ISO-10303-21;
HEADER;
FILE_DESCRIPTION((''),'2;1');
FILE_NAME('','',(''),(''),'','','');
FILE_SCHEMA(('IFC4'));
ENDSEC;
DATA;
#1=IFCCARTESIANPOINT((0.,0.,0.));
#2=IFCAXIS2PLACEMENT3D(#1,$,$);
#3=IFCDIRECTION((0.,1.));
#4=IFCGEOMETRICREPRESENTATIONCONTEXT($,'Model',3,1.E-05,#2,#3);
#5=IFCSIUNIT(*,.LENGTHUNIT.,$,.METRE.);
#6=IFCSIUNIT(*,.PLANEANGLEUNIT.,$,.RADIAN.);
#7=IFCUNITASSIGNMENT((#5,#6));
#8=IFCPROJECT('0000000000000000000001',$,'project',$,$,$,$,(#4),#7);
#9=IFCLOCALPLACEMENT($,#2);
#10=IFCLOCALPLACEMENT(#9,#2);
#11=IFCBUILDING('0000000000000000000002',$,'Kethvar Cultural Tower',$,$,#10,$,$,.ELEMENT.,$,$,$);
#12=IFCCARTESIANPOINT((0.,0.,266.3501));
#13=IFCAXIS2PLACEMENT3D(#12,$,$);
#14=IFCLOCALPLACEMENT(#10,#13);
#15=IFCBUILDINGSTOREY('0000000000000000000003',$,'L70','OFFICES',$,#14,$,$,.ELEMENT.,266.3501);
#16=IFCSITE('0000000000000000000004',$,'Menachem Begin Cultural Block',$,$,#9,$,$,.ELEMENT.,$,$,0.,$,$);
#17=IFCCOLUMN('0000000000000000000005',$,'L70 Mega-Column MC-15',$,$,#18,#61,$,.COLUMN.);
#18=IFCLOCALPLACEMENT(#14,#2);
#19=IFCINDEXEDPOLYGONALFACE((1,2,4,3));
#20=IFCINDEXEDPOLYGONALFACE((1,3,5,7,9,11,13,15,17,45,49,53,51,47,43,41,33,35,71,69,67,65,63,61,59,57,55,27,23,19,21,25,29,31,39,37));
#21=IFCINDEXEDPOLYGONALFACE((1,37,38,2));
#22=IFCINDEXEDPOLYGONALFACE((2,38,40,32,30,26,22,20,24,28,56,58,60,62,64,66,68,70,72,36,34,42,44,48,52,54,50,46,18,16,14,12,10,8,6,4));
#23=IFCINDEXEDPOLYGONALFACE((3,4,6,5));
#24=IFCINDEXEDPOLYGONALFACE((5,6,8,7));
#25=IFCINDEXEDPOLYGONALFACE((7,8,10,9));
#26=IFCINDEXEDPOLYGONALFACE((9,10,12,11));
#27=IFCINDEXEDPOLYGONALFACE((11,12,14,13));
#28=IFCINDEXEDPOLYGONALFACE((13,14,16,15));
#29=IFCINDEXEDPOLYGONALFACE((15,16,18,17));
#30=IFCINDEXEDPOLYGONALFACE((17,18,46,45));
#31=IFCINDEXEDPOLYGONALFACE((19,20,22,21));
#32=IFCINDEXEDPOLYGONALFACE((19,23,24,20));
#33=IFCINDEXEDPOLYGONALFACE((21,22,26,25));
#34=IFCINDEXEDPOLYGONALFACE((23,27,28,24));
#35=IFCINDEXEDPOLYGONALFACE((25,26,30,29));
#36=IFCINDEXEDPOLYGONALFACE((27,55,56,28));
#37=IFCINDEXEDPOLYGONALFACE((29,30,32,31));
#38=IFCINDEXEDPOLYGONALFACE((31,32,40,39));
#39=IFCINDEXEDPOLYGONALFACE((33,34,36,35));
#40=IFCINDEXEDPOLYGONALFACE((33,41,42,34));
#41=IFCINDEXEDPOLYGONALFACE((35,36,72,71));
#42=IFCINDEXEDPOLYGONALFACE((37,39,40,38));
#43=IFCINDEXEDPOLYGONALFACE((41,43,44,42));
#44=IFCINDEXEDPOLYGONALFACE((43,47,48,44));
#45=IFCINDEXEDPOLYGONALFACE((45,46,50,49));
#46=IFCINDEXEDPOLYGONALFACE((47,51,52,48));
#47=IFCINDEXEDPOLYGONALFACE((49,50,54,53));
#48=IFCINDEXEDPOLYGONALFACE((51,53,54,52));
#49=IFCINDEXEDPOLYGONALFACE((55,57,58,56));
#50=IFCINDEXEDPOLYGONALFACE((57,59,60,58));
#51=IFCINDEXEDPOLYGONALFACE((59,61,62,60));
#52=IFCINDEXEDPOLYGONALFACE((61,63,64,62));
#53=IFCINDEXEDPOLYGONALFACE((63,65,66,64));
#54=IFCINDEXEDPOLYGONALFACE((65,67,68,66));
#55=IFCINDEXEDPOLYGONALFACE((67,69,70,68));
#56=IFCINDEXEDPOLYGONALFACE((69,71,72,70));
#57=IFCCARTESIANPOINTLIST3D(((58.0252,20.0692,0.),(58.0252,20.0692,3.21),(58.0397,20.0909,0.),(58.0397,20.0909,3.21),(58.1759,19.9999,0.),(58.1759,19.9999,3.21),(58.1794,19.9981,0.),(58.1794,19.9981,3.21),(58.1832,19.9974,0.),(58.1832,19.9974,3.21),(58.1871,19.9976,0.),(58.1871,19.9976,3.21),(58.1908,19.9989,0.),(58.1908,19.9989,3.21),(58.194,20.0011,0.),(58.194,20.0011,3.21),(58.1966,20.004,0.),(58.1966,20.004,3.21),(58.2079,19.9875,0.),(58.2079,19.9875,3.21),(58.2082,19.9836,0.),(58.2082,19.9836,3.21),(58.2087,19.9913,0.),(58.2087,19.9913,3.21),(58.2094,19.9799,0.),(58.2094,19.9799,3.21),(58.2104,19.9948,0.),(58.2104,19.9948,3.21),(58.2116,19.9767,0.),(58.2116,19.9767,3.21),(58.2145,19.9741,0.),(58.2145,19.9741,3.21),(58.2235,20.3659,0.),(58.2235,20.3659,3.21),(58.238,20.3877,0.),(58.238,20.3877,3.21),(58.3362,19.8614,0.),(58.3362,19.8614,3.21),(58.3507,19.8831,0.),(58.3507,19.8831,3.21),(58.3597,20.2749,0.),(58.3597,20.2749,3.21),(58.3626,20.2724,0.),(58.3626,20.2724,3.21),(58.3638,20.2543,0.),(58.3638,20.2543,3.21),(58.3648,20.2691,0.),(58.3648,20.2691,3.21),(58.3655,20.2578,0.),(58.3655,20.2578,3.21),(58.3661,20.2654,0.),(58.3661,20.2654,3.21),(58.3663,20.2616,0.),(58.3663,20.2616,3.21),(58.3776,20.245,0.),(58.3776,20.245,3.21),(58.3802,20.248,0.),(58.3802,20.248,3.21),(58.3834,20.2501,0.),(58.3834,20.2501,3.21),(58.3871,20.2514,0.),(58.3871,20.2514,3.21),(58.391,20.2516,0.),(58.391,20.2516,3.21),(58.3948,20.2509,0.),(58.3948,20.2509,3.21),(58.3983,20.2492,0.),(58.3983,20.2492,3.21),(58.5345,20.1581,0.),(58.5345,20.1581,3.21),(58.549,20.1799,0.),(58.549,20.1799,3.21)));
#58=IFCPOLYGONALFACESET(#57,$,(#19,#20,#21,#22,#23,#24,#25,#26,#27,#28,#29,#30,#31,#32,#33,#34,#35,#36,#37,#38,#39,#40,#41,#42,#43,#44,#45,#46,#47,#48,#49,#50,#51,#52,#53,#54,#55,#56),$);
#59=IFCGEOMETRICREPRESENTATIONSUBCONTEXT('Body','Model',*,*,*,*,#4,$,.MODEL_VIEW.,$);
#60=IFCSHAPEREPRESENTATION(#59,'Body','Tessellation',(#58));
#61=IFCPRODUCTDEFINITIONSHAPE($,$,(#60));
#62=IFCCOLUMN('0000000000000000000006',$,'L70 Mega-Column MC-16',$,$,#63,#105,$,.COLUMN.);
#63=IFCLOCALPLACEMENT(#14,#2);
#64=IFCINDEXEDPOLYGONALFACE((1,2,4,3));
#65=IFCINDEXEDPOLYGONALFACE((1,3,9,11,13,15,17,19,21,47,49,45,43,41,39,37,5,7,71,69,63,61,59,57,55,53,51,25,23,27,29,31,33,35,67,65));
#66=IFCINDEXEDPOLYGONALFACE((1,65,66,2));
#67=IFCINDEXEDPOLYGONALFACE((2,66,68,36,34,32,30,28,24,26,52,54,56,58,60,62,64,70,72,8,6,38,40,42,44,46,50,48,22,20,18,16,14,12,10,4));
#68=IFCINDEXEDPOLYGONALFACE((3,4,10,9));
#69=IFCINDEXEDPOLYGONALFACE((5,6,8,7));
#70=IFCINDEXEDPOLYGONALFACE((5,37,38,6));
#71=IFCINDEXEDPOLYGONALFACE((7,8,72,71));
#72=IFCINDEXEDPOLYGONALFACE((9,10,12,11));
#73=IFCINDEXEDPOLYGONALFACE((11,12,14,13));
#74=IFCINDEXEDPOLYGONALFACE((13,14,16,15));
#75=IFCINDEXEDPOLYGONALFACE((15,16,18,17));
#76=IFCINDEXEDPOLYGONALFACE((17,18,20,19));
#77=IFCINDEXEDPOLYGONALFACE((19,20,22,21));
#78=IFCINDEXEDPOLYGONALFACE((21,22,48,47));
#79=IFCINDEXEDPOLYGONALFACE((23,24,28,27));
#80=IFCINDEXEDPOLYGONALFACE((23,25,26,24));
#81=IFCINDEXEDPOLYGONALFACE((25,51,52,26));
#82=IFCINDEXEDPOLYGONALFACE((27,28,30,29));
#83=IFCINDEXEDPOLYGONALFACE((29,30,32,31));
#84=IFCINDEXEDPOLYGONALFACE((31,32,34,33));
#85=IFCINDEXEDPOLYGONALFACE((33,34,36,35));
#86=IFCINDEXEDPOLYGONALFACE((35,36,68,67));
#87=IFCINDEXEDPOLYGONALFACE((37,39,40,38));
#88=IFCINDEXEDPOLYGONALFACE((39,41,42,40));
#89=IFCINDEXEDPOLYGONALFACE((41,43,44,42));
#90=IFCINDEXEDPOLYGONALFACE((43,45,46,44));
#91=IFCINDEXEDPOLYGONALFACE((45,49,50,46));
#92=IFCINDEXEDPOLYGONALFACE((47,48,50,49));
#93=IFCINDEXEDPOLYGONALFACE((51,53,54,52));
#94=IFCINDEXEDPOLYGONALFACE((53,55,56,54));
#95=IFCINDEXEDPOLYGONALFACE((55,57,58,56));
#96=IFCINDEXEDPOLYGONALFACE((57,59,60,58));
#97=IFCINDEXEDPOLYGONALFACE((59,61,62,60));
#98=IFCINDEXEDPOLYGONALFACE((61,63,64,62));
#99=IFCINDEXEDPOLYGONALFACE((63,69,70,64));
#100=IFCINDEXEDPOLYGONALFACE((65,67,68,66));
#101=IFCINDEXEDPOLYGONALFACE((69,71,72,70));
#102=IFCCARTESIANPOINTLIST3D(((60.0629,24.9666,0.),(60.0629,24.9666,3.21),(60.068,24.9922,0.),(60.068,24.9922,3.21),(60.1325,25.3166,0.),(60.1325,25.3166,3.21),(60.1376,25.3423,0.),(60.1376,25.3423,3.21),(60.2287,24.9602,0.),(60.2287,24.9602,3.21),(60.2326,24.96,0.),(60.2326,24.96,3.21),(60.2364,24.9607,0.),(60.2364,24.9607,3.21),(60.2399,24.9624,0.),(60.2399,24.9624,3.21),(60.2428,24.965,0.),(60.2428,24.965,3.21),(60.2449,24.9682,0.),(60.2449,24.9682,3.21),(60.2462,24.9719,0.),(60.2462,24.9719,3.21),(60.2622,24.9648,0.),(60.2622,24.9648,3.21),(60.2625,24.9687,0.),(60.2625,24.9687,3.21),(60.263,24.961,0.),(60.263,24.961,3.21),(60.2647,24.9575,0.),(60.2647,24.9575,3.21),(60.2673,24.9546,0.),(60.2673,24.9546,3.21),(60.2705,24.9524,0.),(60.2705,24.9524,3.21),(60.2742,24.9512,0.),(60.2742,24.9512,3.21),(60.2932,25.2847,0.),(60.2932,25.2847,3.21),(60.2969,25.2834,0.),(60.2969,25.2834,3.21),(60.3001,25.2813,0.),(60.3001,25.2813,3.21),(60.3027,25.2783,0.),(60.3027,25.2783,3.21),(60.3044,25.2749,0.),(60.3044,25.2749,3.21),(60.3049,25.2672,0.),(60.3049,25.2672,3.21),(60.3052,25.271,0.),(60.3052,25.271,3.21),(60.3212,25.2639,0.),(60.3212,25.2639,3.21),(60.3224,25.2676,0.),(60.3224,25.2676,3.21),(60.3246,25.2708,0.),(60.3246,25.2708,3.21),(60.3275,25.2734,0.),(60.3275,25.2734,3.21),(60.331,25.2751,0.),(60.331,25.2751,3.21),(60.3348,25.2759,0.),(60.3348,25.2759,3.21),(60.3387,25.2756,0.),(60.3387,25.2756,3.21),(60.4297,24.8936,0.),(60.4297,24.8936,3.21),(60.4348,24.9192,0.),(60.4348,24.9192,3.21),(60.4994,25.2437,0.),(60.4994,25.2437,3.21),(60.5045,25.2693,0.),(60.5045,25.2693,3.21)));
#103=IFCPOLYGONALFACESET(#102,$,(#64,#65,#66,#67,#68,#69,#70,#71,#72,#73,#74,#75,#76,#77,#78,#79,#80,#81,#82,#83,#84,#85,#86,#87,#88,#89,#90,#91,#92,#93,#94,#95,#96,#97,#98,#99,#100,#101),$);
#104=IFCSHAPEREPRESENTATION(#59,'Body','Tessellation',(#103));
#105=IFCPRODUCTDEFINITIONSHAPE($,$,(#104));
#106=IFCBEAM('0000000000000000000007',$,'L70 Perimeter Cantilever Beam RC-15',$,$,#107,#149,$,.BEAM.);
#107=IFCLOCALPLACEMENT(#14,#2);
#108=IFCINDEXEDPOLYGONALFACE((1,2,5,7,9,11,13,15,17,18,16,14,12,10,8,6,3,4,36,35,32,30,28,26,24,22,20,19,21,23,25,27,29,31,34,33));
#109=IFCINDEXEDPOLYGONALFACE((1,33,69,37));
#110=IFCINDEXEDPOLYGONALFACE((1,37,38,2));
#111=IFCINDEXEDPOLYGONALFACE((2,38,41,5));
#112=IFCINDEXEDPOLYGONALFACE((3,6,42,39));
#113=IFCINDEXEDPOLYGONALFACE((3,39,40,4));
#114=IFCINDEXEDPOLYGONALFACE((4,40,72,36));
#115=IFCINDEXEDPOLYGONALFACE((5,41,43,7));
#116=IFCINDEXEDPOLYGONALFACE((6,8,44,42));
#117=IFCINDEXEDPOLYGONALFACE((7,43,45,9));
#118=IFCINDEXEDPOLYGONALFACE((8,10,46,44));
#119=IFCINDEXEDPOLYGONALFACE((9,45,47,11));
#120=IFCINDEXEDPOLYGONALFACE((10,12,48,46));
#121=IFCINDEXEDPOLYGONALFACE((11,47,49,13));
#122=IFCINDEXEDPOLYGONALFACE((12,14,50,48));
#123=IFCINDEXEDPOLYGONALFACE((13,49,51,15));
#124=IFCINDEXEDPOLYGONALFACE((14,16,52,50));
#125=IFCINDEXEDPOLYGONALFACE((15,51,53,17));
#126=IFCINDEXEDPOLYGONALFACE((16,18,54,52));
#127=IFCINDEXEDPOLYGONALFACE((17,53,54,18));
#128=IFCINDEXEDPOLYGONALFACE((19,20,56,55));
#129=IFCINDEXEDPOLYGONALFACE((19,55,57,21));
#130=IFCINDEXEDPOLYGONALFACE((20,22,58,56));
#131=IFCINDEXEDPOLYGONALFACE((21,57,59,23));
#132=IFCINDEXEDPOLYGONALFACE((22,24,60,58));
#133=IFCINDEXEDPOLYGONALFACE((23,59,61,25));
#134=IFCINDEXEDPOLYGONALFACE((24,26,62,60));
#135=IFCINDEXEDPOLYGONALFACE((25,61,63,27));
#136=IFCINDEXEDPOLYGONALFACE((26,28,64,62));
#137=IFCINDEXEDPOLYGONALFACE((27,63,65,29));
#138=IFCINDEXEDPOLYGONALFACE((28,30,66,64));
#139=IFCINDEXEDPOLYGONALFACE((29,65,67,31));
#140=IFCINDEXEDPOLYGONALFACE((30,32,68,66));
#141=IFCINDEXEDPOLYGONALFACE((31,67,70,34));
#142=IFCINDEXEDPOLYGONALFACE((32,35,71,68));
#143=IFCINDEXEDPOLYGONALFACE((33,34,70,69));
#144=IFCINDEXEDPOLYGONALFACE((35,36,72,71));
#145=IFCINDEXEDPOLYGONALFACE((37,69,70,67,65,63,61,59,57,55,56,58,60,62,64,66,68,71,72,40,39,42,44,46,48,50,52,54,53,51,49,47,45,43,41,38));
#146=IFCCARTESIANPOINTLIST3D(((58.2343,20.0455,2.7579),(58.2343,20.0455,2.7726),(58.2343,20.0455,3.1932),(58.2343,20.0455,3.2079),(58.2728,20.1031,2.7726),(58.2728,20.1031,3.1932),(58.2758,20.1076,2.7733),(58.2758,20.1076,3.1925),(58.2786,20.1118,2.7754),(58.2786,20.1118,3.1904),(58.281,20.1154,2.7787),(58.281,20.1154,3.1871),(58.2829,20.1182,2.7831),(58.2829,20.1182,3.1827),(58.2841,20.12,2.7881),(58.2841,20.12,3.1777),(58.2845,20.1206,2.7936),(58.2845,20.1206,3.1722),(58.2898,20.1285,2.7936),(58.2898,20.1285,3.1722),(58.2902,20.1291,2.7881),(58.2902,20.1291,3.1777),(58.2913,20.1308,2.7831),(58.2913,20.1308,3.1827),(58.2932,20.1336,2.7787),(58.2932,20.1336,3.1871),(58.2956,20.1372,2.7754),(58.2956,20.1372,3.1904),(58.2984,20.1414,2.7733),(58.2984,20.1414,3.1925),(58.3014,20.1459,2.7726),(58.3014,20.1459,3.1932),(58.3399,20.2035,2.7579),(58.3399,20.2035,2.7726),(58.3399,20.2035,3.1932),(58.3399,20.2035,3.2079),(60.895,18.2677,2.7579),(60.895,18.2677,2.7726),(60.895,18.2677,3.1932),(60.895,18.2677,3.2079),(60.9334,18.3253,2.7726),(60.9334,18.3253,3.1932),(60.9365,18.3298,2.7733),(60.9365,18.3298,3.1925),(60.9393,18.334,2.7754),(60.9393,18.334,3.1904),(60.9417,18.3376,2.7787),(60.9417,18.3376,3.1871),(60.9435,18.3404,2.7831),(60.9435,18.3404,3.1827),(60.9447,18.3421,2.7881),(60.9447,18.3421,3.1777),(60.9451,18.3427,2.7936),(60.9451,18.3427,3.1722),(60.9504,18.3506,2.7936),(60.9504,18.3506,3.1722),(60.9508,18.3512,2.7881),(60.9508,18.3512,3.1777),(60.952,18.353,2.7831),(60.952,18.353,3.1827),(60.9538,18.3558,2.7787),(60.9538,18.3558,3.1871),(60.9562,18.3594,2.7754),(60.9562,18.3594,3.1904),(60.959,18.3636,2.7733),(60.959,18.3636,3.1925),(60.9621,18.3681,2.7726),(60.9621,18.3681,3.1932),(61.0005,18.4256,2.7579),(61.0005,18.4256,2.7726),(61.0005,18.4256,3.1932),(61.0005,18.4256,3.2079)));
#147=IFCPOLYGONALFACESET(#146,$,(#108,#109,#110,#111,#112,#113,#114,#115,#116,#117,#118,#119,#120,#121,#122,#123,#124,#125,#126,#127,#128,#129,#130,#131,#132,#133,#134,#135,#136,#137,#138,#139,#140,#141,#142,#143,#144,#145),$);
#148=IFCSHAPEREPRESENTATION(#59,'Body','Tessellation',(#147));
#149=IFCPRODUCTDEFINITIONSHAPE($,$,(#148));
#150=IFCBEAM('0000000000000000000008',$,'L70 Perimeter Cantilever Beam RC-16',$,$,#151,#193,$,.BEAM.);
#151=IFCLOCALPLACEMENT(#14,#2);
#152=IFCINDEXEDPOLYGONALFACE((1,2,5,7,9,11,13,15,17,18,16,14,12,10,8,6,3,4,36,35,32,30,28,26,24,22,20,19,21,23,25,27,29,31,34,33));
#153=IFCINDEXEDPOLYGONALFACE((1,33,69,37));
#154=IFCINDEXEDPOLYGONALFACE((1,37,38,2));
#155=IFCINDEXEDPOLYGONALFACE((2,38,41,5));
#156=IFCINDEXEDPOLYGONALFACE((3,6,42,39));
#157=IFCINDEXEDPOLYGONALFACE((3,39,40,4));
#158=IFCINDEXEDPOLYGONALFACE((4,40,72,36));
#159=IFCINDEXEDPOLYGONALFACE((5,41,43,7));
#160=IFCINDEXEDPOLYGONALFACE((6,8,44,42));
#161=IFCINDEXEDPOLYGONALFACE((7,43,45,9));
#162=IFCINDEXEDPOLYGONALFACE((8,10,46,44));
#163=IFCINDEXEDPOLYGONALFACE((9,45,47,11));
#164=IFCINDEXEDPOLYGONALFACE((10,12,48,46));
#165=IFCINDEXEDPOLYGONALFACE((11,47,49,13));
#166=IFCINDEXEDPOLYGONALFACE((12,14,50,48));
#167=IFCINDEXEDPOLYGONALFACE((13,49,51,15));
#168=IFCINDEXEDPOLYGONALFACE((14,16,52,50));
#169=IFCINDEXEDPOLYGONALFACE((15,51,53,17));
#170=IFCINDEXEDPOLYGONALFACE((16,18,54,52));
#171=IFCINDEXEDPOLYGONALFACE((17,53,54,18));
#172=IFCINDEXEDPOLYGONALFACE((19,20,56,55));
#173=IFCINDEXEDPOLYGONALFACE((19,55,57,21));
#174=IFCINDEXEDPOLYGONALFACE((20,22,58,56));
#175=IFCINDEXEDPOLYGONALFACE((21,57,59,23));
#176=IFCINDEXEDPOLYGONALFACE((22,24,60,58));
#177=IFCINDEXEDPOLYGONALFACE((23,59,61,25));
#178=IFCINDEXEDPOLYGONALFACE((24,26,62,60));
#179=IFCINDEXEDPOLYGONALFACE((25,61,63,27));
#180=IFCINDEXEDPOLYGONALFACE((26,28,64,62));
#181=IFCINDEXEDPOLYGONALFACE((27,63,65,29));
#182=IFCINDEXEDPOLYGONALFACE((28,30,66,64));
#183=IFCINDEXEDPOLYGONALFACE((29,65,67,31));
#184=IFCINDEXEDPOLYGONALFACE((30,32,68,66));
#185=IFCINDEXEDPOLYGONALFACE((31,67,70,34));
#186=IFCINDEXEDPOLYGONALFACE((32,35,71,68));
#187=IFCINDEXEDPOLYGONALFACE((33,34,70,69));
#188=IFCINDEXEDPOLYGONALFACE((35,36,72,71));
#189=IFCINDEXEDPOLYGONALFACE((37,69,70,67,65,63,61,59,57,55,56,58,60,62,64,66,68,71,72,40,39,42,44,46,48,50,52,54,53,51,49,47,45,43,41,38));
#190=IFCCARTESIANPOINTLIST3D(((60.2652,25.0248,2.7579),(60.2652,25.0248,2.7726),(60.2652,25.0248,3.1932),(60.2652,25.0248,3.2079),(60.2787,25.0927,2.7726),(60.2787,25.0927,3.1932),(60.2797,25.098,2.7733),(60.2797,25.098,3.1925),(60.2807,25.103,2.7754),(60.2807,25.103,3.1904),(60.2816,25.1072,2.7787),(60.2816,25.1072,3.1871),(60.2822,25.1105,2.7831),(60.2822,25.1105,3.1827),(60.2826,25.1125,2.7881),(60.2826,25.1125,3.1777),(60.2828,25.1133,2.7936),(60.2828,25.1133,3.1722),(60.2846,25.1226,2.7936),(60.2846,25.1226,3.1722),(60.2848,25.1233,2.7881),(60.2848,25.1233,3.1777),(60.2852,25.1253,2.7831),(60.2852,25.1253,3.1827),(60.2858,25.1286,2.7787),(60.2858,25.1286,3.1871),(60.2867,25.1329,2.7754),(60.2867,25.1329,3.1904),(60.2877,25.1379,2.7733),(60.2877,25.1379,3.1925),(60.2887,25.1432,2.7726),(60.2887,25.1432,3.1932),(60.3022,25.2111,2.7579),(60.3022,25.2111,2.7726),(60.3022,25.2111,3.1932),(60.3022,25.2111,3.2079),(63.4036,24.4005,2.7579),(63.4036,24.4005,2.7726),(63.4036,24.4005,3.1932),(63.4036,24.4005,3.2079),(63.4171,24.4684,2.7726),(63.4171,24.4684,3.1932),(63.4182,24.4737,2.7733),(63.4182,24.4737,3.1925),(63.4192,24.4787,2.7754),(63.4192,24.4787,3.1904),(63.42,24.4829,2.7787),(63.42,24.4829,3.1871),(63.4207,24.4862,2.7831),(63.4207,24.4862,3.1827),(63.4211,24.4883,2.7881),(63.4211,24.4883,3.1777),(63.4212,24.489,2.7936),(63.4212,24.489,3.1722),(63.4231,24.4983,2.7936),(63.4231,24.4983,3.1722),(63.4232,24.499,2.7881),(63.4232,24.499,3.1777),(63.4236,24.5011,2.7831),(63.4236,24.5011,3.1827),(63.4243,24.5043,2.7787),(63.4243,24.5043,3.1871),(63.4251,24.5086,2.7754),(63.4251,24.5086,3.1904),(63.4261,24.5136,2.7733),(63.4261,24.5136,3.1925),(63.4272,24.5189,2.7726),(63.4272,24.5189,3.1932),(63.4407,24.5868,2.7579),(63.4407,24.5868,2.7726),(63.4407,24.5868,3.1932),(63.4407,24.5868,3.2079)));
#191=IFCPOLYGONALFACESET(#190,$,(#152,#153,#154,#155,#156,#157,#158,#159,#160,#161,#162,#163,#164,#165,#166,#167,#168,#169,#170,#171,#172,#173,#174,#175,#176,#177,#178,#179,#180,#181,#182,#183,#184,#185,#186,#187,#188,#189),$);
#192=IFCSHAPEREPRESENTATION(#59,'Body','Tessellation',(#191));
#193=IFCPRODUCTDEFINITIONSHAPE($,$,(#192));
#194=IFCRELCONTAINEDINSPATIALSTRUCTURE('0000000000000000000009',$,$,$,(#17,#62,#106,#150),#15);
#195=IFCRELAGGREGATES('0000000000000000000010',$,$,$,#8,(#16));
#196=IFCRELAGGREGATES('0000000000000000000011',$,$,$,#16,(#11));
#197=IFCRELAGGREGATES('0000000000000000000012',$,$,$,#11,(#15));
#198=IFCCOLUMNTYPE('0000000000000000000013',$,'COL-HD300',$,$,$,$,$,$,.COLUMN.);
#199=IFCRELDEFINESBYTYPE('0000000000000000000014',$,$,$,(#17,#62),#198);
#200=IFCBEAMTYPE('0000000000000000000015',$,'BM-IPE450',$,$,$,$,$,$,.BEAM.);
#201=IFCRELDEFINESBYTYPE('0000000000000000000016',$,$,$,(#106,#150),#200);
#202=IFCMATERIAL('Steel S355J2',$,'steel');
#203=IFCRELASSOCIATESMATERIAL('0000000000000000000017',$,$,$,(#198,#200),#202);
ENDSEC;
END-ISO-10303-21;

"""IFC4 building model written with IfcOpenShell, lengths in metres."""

from ifc_helpers import new_model, si_unit, direction, frame, origin, origin_2d, place, context, subcontext, project, spatial, i_section, extrude, source, transform, mapped, material, material_profile, profile_set, type_object, element, save


model = new_model("IFC4")

# Units and contexts
model_context = context("Model", 3, precision=1e-05, world=origin(), true_north=direction((0.0, 1.0)))
body_context = subcontext(model_context, "Body", "Model", "MODEL_VIEW")
ifc_project = project(units=[si_unit("LENGTHUNIT", "METRE"), si_unit("PLANEANGLEUNIT", "RADIAN")], contexts=[model_context])

# Site, building, storey
site_placement = place(None, origin())
site = spatial("IfcSite", under=ifc_project, at=site_placement, Name="Menachem Begin Cultural Block", CompositionType="ELEMENT", RefElevation=0.0)
building_placement = place(site_placement, origin())
building = spatial("IfcBuilding", under=site, at=building_placement, Name="Kethvar Cultural Tower", CompositionType="ELEMENT")
storey_placement = place(building_placement, frame((0.0, 0.0, 266.3501)))
storey = spatial("IfcBuildingStorey", under=building, at=storey_placement, Name="L70", Description="OFFICES", CompositionType="ELEMENT", Elevation=266.3501)

# Columns
ifc_material_1 = material(Name="Steel S355J2", Category="steel")
ifc_material_profile_1 = material_profile(ifc_material_1, i_section(OverallWidth=0.374, OverallDepth=0.3831, WebThickness=0.0166, FlangeThickness=0.0261, FilletRadius=0.0149, at=origin_2d()), Name="Steel S355J2 — HD360x300")
ifc_profile_set_1 = profile_set([ifc_material_profile_1], Name="Steel S355J2 — HD360x300")
column_type = type_object("IfcColumnType", Name="COL-HD300", PredefinedType="COLUMN", material=ifc_profile_set_1)
shared_shape_1 = source(origin(), body_context, "Body", "SweptSolid", [
    extrude(i_section(OverallWidth=0.374, OverallDepth=0.3831, WebThickness=0.0166, FlangeThickness=0.0261, FilletRadius=0.0149, at=origin_2d()), origin(), (0.0, 0.0, 1.0), 3.21),
])
for number, where, z_axis, x_axis, name in (
    (1, (58.2871, 20.1245, 0.0), (0.0, 0.0, 1.0), (0.83147, -0.55557, 0.0), "L70 Mega-Column MC-15"),
    (2, (60.2837, 25.1179, 0.0), (0.0, 0.0, 1.0), (0.980785, -0.19509, 0.0), "L70 Mega-Column MC-16"),
):
    element("IfcColumn", number, at=place(storey_placement, frame(where, z_axis=z_axis, x_axis=x_axis)), inside=storey, type_object=column_type, Name=name, PredefinedType="COLUMN", context=body_context, shape_type="MappedRepresentation", body=[
        mapped(shared_shape_1, transform((0.0, 0.0, 0.0), scale=1.0)),
    ])

# Beams
ifc_material_profile_2 = material_profile(ifc_material_1, i_section(OverallWidth=0.1899, OverallDepth=0.45, WebThickness=0.0095, FlangeThickness=0.0146, FilletRadius=0.021, at=origin_2d()), Name="Steel S355J2 — IPE450")
ifc_profile_set_2 = profile_set([ifc_material_profile_2], Name="Steel S355J2 — IPE450")
beam_type_1 = type_object("IfcBeamType", Name="BM-IPE450", PredefinedType="BEAM", material=ifc_profile_set_2)
shared_shape_2 = source(origin(), body_context, "Body", "SweptSolid", [
    extrude(i_section(OverallWidth=0.1899, OverallDepth=0.45, WebThickness=0.0095, FlangeThickness=0.0146, FilletRadius=0.021, at=origin_2d()), origin(), (0.0, 0.0, 1.0), 3.2),
])
for number, where, z_axis, x_axis, name in (
    (3, (58.2871, 20.1245, 2.9829), (0.831463, -0.55558, 0.0), (0.55558, 0.831463, 0.0), "L70 Perimeter Cantilever Beam RC-15"),
    (4, (60.2837, 25.1179, 2.9829), (0.980786, -0.195089, 0.0), (0.195089, 0.980786, 0.0), "L70 Perimeter Cantilever Beam RC-16"),
):
    element("IfcBeam", number, at=place(storey_placement, frame(where, z_axis=z_axis, x_axis=x_axis)), inside=storey, type_object=beam_type_1, Name=name, PredefinedType="BEAM", context=body_context, shape_type="MappedRepresentation", body=[
        mapped(shared_shape_2, transform((0.0, 0.0, 0.0), scale=1.0)),
    ])

save(model, "model.ifc")
